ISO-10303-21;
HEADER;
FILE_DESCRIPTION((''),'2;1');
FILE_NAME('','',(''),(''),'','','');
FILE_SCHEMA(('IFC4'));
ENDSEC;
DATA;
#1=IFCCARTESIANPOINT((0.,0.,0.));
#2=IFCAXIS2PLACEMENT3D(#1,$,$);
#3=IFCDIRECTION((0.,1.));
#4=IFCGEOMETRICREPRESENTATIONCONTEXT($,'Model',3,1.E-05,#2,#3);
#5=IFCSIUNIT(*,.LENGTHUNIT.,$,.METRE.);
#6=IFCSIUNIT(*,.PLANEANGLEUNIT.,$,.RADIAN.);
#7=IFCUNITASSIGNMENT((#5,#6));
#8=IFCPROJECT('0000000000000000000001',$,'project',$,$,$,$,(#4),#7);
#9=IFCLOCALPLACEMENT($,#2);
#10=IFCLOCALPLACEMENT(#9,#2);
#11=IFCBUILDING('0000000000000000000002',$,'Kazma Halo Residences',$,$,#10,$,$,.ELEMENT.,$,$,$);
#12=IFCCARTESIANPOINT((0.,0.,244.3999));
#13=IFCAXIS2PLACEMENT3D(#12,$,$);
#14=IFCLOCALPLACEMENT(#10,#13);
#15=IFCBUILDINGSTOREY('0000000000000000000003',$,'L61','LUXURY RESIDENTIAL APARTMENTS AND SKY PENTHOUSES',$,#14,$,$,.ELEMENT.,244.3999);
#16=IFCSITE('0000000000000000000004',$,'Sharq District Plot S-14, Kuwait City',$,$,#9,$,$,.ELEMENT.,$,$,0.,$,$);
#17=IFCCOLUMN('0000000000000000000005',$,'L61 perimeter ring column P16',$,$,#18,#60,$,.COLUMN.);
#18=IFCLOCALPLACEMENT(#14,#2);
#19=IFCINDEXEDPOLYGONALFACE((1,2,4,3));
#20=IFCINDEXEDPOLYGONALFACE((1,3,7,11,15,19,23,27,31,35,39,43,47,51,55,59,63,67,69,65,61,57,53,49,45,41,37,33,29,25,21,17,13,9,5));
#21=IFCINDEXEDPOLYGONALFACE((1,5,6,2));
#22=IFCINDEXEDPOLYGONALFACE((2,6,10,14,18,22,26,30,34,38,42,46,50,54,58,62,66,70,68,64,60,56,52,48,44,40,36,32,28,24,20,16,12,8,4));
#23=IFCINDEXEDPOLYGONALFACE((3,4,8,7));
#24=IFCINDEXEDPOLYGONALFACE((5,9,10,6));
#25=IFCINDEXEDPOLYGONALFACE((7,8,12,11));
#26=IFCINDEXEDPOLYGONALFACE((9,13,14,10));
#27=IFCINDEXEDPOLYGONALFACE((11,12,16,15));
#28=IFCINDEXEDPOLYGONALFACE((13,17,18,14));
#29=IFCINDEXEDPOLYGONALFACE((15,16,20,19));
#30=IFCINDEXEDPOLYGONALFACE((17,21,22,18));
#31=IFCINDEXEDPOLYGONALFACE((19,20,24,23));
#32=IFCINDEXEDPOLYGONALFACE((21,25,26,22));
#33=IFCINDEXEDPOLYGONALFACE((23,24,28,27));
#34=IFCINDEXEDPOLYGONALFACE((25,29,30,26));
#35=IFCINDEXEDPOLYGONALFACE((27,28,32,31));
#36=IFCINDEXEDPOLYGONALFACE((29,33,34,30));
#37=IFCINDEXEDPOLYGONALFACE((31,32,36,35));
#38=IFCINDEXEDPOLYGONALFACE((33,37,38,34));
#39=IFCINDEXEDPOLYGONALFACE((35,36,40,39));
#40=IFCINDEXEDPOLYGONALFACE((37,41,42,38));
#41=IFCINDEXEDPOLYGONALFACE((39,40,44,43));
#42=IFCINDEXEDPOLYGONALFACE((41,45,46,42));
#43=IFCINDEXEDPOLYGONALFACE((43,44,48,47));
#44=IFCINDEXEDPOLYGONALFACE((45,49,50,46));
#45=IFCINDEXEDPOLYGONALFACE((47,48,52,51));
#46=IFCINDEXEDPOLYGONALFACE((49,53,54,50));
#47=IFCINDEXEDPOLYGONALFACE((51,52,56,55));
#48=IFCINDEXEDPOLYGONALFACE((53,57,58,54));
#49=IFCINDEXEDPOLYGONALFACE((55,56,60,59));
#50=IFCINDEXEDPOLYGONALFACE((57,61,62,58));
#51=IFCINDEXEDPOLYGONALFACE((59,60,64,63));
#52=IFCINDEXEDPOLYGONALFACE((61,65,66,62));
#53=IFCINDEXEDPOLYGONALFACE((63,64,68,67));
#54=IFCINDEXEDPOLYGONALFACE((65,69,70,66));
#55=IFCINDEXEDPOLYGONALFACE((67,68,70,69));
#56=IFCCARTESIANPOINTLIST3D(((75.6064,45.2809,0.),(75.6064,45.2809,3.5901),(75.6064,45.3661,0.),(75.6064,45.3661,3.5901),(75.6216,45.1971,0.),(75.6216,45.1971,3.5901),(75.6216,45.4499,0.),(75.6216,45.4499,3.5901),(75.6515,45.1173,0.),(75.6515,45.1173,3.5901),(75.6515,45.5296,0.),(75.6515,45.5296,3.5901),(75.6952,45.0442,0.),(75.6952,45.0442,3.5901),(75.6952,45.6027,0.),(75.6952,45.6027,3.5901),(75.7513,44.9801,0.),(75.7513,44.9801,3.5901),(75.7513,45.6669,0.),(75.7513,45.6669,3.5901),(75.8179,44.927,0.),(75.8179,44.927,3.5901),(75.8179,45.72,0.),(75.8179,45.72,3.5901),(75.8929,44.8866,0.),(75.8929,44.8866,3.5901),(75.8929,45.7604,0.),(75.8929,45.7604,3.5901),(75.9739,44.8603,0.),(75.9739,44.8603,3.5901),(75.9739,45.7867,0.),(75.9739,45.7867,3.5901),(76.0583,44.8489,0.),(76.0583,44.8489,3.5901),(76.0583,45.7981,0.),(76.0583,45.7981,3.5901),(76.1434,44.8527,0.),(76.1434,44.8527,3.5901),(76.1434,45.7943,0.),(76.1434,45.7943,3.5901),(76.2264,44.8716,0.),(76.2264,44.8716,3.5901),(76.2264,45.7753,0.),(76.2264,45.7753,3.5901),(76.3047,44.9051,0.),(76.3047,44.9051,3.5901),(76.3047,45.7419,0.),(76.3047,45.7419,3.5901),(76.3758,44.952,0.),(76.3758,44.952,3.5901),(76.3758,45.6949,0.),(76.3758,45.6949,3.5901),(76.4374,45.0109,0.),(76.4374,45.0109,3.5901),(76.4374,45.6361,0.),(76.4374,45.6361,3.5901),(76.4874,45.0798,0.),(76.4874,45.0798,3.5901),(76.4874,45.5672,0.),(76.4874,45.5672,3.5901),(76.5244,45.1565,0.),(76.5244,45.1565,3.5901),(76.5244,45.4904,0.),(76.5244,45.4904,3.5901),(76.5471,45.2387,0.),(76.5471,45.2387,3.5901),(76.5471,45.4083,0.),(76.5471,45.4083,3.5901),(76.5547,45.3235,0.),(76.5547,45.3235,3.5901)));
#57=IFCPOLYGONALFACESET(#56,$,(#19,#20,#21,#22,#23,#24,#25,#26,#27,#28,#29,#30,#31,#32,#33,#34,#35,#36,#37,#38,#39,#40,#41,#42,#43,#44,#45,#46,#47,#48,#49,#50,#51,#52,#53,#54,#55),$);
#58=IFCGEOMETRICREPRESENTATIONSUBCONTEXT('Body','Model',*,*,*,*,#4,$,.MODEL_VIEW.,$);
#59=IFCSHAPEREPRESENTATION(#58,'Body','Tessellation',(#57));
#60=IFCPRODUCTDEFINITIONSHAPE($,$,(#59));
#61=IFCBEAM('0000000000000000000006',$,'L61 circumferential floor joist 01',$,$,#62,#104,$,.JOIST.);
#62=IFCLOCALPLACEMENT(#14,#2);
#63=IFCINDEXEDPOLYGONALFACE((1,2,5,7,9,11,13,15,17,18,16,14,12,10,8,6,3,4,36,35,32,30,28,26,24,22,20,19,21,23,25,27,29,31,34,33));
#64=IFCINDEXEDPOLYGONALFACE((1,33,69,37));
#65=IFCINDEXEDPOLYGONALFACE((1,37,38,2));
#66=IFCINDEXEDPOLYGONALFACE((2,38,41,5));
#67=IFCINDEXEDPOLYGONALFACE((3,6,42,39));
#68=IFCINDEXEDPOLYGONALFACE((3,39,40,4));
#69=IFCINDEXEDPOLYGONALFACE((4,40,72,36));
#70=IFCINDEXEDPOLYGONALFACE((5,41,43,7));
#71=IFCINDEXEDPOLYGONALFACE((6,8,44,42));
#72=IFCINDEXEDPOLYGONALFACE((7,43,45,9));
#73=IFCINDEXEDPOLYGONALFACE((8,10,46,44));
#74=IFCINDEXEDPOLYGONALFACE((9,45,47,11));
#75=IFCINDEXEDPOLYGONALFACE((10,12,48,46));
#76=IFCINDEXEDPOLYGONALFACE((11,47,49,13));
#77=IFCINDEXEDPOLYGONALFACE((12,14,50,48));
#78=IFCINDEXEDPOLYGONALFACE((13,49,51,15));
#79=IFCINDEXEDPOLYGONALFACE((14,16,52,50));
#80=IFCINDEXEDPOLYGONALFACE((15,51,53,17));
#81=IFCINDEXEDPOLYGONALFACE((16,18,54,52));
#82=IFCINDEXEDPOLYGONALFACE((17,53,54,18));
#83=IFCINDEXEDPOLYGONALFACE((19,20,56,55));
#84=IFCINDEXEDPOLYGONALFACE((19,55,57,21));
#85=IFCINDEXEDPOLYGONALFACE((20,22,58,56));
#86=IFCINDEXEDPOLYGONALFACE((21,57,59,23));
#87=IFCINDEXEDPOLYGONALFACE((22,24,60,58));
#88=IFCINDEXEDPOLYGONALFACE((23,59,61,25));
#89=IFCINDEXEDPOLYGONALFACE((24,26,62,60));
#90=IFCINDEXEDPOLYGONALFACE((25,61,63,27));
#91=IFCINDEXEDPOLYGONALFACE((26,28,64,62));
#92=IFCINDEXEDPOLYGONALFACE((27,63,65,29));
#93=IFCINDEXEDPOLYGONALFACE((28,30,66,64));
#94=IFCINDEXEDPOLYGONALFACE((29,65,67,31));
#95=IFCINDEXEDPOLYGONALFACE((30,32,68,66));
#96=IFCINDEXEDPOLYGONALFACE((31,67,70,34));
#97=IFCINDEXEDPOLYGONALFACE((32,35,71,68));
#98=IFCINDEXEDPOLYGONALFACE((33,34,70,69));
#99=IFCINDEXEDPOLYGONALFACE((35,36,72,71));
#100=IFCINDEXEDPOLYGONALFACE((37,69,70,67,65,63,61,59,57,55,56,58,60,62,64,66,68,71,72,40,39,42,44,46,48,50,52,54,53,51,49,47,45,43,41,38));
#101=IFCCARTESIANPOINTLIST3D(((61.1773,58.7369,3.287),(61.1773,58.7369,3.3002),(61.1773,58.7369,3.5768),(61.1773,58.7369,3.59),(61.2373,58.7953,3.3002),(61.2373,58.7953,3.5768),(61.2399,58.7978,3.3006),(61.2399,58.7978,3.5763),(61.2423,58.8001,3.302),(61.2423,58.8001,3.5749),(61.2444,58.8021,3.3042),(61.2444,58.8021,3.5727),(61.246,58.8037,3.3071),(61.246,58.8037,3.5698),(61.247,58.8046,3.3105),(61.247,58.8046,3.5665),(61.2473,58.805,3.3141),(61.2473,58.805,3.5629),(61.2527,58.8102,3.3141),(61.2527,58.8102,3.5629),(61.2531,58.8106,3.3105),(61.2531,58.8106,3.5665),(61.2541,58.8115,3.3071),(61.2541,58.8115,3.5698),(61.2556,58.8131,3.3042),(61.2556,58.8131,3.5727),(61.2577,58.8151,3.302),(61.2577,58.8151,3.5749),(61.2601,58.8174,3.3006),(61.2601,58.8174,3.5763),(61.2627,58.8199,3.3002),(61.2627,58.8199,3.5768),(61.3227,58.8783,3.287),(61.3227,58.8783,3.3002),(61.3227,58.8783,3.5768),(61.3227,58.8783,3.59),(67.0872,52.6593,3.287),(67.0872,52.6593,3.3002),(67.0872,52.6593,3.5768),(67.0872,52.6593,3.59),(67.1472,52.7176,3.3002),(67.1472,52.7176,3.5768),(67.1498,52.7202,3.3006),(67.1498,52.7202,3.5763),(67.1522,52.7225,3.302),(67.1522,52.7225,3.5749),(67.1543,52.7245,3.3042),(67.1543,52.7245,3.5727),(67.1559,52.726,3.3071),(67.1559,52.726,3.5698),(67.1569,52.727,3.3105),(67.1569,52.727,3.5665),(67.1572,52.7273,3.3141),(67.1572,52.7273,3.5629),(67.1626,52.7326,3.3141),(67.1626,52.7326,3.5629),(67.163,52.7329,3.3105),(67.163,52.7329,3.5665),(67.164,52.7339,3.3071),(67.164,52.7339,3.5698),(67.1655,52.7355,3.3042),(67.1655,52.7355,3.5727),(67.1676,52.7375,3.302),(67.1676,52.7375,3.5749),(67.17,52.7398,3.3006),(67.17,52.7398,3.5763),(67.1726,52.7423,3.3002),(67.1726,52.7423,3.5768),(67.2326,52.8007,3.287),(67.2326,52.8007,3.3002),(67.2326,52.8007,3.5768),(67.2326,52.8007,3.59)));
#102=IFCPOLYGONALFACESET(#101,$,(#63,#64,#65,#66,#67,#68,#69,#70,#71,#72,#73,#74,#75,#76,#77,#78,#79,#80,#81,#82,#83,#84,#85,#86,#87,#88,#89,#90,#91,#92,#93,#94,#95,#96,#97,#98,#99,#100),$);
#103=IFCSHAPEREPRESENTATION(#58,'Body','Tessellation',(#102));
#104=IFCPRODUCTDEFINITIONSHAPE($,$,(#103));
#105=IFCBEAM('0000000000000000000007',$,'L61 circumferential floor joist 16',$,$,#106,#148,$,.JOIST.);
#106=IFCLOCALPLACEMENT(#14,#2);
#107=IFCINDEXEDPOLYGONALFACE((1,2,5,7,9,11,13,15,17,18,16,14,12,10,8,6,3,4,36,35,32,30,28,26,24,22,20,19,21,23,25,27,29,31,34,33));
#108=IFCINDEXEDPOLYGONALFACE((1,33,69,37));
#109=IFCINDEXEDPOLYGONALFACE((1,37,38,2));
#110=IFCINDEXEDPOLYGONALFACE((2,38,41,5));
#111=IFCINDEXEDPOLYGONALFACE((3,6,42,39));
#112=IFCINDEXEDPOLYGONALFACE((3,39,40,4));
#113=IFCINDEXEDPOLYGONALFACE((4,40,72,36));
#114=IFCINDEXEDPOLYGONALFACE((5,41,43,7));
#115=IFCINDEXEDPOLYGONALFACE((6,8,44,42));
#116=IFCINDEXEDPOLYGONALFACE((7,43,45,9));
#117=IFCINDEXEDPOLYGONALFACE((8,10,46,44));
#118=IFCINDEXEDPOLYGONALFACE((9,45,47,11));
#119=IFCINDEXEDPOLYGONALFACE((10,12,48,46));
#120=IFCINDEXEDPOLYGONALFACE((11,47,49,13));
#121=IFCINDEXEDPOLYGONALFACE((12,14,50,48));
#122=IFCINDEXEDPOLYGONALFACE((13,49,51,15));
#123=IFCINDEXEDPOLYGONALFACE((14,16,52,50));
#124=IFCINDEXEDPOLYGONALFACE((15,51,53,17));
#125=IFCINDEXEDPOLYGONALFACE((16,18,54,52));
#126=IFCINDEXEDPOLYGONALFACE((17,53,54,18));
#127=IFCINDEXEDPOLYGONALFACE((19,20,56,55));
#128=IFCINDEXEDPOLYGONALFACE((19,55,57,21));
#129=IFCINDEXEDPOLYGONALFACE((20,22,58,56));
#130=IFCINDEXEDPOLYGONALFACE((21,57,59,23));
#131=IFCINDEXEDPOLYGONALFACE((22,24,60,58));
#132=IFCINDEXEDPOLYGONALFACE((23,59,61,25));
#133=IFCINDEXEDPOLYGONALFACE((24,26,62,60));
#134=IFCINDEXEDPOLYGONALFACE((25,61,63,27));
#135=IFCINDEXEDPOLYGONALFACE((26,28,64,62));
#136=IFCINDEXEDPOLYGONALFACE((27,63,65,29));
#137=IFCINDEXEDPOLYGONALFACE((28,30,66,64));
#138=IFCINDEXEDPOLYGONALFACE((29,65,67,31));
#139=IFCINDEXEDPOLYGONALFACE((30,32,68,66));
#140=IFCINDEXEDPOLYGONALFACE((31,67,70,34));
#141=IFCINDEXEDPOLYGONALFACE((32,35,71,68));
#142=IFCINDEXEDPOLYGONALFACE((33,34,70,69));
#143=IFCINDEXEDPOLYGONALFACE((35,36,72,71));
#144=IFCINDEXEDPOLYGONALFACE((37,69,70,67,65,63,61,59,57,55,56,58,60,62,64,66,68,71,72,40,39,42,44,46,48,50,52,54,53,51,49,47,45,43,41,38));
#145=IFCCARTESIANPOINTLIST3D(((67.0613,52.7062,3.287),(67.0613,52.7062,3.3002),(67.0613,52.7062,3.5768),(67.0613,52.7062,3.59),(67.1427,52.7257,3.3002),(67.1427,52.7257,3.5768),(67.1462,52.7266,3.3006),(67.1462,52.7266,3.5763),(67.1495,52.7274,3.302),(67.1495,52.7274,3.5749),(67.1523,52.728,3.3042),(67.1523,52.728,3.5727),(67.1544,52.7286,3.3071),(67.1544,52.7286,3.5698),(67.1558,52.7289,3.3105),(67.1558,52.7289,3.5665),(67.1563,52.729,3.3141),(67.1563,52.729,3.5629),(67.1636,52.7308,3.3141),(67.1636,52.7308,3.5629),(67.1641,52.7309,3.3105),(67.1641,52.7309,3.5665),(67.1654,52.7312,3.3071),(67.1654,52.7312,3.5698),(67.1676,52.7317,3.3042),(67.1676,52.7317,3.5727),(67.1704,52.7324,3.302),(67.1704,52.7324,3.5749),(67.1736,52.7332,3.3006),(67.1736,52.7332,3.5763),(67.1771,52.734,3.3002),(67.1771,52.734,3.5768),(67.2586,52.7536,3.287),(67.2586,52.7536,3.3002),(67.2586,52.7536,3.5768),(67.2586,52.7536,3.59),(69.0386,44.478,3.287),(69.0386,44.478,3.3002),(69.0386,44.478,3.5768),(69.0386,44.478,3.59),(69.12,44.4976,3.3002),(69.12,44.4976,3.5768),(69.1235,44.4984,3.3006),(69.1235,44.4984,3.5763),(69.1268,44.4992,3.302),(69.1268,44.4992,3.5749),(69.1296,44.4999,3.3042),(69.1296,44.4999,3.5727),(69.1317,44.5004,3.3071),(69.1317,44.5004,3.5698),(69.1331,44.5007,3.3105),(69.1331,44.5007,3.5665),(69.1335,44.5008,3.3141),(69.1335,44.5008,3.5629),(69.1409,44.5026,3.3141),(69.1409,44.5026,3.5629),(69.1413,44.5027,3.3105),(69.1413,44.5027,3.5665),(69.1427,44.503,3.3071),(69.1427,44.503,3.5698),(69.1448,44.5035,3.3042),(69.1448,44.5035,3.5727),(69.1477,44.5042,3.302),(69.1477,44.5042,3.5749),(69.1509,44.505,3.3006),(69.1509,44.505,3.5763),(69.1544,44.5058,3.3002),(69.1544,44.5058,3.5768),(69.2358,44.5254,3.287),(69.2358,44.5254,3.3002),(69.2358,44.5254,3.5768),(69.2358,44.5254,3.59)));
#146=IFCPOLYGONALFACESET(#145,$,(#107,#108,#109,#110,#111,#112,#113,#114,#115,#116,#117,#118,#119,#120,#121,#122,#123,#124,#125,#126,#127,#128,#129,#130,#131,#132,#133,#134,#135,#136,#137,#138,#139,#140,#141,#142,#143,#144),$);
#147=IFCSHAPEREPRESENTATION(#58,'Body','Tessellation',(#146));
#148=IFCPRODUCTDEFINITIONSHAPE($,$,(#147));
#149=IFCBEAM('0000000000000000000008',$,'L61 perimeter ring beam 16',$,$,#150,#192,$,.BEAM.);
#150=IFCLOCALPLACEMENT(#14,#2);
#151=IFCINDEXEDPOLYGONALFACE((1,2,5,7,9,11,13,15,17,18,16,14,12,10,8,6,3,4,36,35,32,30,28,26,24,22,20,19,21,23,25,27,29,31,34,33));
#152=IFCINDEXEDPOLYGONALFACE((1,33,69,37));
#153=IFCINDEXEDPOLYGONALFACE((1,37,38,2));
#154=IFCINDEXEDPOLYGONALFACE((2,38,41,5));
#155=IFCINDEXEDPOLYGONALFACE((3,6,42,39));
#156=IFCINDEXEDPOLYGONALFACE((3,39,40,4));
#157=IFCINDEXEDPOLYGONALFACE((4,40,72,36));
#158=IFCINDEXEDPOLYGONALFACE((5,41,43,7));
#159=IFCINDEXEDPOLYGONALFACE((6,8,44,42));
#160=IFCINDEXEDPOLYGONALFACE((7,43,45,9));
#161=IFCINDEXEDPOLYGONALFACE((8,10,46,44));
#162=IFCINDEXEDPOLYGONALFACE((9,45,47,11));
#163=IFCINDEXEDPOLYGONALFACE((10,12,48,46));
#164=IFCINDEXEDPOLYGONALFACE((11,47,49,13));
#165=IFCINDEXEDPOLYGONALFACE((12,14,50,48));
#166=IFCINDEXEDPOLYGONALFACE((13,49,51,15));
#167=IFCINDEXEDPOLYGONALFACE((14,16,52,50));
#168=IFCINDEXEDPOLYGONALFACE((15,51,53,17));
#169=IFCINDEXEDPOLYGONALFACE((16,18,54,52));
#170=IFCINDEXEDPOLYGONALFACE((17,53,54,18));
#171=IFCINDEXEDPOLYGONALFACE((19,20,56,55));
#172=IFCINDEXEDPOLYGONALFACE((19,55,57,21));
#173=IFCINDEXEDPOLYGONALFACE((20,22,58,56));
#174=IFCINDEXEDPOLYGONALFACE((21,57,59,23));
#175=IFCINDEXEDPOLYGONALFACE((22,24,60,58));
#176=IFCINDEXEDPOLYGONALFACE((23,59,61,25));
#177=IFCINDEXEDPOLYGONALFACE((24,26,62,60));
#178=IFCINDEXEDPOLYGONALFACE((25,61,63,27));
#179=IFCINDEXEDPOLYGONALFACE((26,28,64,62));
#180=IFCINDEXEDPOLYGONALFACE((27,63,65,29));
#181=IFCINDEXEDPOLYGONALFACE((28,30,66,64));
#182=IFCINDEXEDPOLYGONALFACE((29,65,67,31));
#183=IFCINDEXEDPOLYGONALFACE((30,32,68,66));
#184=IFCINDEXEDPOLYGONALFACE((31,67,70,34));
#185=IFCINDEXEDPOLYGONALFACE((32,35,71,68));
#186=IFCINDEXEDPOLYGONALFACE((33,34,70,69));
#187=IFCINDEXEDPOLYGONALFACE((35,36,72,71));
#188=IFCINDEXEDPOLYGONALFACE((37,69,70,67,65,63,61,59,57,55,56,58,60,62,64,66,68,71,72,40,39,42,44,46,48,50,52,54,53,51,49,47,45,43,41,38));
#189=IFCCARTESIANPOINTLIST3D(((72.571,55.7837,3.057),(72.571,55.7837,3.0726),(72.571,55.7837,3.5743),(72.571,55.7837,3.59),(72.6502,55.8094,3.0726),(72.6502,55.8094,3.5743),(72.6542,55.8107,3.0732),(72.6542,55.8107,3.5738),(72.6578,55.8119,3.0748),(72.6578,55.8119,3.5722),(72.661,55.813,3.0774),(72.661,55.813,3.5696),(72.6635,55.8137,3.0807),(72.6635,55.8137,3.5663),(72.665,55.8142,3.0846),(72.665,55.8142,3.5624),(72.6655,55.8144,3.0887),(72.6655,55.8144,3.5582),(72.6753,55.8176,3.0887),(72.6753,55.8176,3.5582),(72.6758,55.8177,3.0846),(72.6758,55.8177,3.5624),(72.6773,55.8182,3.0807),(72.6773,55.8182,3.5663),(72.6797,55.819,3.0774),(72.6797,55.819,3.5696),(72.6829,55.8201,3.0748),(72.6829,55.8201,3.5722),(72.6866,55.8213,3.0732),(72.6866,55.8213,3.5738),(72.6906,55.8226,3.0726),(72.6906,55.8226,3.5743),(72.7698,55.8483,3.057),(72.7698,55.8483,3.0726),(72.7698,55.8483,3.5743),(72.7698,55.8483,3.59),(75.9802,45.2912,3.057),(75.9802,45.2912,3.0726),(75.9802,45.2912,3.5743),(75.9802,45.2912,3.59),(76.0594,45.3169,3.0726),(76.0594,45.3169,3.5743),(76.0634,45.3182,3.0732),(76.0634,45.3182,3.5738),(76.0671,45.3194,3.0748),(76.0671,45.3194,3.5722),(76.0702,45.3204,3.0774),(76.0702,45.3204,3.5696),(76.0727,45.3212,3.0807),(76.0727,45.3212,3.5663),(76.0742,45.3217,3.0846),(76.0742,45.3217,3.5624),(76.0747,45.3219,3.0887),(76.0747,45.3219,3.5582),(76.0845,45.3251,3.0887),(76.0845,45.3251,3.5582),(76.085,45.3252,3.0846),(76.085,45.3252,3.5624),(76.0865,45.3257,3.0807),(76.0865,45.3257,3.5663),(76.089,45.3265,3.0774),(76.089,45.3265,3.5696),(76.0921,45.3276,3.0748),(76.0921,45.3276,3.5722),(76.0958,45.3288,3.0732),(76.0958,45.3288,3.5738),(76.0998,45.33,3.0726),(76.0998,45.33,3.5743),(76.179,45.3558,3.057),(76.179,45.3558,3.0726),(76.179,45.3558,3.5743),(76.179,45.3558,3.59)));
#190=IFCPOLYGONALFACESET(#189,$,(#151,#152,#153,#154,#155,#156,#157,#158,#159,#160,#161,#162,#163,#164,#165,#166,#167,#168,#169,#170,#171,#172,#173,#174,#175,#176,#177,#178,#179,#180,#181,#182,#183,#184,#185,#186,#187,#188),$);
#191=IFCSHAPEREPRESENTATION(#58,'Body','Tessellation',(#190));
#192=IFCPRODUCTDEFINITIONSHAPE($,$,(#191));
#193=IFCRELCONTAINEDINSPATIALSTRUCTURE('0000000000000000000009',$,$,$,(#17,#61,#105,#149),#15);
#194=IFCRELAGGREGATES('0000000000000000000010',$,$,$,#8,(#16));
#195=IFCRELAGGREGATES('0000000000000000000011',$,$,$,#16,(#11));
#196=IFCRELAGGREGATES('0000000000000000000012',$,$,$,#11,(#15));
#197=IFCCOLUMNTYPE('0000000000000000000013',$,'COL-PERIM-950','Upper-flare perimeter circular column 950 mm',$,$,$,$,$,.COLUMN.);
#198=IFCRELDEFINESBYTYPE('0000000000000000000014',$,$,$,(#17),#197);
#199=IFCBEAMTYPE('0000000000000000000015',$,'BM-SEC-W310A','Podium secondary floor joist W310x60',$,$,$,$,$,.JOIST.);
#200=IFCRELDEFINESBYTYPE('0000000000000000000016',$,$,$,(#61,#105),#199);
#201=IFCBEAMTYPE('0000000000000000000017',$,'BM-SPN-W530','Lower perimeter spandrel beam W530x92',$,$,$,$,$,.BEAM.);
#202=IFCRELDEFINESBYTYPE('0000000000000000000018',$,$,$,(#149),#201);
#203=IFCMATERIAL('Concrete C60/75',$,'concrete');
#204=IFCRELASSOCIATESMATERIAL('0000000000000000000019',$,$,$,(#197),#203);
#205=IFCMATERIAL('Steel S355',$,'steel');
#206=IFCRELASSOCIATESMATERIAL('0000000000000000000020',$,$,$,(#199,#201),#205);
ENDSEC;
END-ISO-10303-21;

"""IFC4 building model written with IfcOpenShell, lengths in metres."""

from ifc_helpers import new_model, si_unit, direction, frame, origin, origin_2d, place, context, subcontext, project, spatial, circle, i_section, extrude, material, material_profile, profile_set, type_object, element, save


model = new_model("IFC4")

# Units and contexts
model_context = context("Model", 3, precision=1e-05, world=origin(), true_north=direction((0.0, 1.0)))
body_context = subcontext(model_context, "Body", "Model", "MODEL_VIEW")
ifc_project = project(units=[si_unit("LENGTHUNIT", "METRE"), si_unit("PLANEANGLEUNIT", "RADIAN")], contexts=[model_context])

# Site, building, storey
site_placement = place(None, origin())
site = spatial("IfcSite", under=ifc_project, at=site_placement, Name="Sharq District Plot S-14, Kuwait City", CompositionType="ELEMENT", RefElevation=0.0)
building_placement = place(site_placement, origin())
building = spatial("IfcBuilding", under=site, at=building_placement, Name="Kazma Halo Residences", CompositionType="ELEMENT")
storey_placement = place(building_placement, frame((0.0, 0.0, 244.3999)))
storey = spatial("IfcBuildingStorey", under=building, at=storey_placement, Name="L61", Description="LUXURY RESIDENTIAL APARTMENTS AND SKY PENTHOUSES", CompositionType="ELEMENT", Elevation=244.3999)

# Column
ifc_material_1 = material(Name="Concrete C60/75", Category="concrete")
ifc_material_profile_1 = material_profile(ifc_material_1, circle(Radius=0.4751, at=origin_2d()), Name="CIRC950")
ifc_profile_set_1 = profile_set([ifc_material_profile_1], Name="Concrete C60/75")
column_type = type_object("IfcColumnType", Name="COL-PERIM-950", Description="Upper-flare perimeter circular column 950 mm", PredefinedType="COLUMN", material=ifc_profile_set_1)
column_placement = place(storey_placement, frame((76.0796, 45.3235, 0.0), z_axis=(0.0, 0.0, 1.0), x_axis=(1.0, 0.0, 0.0)))
element("IfcColumn", 1, at=column_placement, inside=storey, type_object=column_type, Name="L61 perimeter ring column P16", PredefinedType="COLUMN", context=body_context, shape_type="SweptSolid", body=[
    extrude(circle(Radius=0.4751, at=origin_2d()), origin(), (0.0, 0.0, 1.0), 3.5901),
])

# Beams
ifc_material_2 = material(Name="Steel S355", Category="steel")
ifc_material_profile_2 = material_profile(ifc_material_2, i_section(OverallWidth=0.2029, OverallDepth=0.303, WebThickness=0.0076, FlangeThickness=0.0132, FilletRadius=0.0139, at=origin_2d()), Name="W310x60")
ifc_profile_set_2 = profile_set([ifc_material_profile_2], Name="Steel S355")
beam_type_1 = type_object("IfcBeamType", Name="BM-SEC-W310A", Description="Podium secondary floor joist W310x60", PredefinedType="JOIST", material=ifc_profile_set_2)
beam_1_placement = place(storey_placement, frame((67.1599, 52.73, 3.4385), z_axis=(-0.697145, 0.71693, 0.0), x_axis=(-0.71693, -0.697145, 0.0)))
element("IfcBeam", 2, at=beam_1_placement, inside=storey, type_object=beam_type_1, Name="L61 circumferential floor joist 01", PredefinedType="JOIST", context=body_context, shape_type="SweptSolid", body=[
    extrude(i_section(OverallWidth=0.2029, OverallDepth=0.303, WebThickness=0.0076, FlangeThickness=0.0132, FilletRadius=0.0139, at=origin_2d()), origin(), (0.0, 0.0, 1.0), 8.4773),
])
beam_2_placement = place(storey_placement, frame((69.1372, 44.5017, 3.4385), z_axis=(-0.233653, 0.97232, 0.0), x_axis=(-0.97232, -0.233653, 0.0)))
element("IfcBeam", 3, at=beam_2_placement, inside=storey, type_object=beam_type_1, Name="L61 circumferential floor joist 16", PredefinedType="JOIST", context=body_context, shape_type="SweptSolid", body=[
    extrude(i_section(OverallWidth=0.2029, OverallDepth=0.303, WebThickness=0.0076, FlangeThickness=0.0132, FilletRadius=0.0139, at=origin_2d()), origin(), (0.0, 0.0, 1.0), 8.4624),
])
ifc_material_profile_3 = material_profile(ifc_material_2, i_section(OverallWidth=0.209, OverallDepth=0.533, WebThickness=0.0103, FlangeThickness=0.0156, FilletRadius=0.0161, at=origin_2d()), Name="W530x92")
ifc_profile_set_3 = profile_set([ifc_material_profile_3], Name="Steel S355")
beam_type_2 = type_object("IfcBeamType", Name="BM-SPN-W530", Description="Lower perimeter spandrel beam W530x92", PredefinedType="BEAM", material=ifc_profile_set_3)
beam_3_placement = place(storey_placement, frame((76.0796, 45.3235, 3.3235), z_axis=(-0.309016, 0.951057, 0.0), x_axis=(-0.951057, -0.309016, 0.0)))
element("IfcBeam", 4, at=beam_3_placement, inside=storey, type_object=beam_type_2, Name="L61 perimeter ring beam 16", PredefinedType="BEAM", context=body_context, shape_type="SweptSolid", body=[
    extrude(i_section(OverallWidth=0.209, OverallDepth=0.533, WebThickness=0.0103, FlangeThickness=0.0156, FilletRadius=0.0161, at=origin_2d()), origin(), (0.0, 0.0, 1.0), 11.0325),
])

save(model, "model.ifc")
